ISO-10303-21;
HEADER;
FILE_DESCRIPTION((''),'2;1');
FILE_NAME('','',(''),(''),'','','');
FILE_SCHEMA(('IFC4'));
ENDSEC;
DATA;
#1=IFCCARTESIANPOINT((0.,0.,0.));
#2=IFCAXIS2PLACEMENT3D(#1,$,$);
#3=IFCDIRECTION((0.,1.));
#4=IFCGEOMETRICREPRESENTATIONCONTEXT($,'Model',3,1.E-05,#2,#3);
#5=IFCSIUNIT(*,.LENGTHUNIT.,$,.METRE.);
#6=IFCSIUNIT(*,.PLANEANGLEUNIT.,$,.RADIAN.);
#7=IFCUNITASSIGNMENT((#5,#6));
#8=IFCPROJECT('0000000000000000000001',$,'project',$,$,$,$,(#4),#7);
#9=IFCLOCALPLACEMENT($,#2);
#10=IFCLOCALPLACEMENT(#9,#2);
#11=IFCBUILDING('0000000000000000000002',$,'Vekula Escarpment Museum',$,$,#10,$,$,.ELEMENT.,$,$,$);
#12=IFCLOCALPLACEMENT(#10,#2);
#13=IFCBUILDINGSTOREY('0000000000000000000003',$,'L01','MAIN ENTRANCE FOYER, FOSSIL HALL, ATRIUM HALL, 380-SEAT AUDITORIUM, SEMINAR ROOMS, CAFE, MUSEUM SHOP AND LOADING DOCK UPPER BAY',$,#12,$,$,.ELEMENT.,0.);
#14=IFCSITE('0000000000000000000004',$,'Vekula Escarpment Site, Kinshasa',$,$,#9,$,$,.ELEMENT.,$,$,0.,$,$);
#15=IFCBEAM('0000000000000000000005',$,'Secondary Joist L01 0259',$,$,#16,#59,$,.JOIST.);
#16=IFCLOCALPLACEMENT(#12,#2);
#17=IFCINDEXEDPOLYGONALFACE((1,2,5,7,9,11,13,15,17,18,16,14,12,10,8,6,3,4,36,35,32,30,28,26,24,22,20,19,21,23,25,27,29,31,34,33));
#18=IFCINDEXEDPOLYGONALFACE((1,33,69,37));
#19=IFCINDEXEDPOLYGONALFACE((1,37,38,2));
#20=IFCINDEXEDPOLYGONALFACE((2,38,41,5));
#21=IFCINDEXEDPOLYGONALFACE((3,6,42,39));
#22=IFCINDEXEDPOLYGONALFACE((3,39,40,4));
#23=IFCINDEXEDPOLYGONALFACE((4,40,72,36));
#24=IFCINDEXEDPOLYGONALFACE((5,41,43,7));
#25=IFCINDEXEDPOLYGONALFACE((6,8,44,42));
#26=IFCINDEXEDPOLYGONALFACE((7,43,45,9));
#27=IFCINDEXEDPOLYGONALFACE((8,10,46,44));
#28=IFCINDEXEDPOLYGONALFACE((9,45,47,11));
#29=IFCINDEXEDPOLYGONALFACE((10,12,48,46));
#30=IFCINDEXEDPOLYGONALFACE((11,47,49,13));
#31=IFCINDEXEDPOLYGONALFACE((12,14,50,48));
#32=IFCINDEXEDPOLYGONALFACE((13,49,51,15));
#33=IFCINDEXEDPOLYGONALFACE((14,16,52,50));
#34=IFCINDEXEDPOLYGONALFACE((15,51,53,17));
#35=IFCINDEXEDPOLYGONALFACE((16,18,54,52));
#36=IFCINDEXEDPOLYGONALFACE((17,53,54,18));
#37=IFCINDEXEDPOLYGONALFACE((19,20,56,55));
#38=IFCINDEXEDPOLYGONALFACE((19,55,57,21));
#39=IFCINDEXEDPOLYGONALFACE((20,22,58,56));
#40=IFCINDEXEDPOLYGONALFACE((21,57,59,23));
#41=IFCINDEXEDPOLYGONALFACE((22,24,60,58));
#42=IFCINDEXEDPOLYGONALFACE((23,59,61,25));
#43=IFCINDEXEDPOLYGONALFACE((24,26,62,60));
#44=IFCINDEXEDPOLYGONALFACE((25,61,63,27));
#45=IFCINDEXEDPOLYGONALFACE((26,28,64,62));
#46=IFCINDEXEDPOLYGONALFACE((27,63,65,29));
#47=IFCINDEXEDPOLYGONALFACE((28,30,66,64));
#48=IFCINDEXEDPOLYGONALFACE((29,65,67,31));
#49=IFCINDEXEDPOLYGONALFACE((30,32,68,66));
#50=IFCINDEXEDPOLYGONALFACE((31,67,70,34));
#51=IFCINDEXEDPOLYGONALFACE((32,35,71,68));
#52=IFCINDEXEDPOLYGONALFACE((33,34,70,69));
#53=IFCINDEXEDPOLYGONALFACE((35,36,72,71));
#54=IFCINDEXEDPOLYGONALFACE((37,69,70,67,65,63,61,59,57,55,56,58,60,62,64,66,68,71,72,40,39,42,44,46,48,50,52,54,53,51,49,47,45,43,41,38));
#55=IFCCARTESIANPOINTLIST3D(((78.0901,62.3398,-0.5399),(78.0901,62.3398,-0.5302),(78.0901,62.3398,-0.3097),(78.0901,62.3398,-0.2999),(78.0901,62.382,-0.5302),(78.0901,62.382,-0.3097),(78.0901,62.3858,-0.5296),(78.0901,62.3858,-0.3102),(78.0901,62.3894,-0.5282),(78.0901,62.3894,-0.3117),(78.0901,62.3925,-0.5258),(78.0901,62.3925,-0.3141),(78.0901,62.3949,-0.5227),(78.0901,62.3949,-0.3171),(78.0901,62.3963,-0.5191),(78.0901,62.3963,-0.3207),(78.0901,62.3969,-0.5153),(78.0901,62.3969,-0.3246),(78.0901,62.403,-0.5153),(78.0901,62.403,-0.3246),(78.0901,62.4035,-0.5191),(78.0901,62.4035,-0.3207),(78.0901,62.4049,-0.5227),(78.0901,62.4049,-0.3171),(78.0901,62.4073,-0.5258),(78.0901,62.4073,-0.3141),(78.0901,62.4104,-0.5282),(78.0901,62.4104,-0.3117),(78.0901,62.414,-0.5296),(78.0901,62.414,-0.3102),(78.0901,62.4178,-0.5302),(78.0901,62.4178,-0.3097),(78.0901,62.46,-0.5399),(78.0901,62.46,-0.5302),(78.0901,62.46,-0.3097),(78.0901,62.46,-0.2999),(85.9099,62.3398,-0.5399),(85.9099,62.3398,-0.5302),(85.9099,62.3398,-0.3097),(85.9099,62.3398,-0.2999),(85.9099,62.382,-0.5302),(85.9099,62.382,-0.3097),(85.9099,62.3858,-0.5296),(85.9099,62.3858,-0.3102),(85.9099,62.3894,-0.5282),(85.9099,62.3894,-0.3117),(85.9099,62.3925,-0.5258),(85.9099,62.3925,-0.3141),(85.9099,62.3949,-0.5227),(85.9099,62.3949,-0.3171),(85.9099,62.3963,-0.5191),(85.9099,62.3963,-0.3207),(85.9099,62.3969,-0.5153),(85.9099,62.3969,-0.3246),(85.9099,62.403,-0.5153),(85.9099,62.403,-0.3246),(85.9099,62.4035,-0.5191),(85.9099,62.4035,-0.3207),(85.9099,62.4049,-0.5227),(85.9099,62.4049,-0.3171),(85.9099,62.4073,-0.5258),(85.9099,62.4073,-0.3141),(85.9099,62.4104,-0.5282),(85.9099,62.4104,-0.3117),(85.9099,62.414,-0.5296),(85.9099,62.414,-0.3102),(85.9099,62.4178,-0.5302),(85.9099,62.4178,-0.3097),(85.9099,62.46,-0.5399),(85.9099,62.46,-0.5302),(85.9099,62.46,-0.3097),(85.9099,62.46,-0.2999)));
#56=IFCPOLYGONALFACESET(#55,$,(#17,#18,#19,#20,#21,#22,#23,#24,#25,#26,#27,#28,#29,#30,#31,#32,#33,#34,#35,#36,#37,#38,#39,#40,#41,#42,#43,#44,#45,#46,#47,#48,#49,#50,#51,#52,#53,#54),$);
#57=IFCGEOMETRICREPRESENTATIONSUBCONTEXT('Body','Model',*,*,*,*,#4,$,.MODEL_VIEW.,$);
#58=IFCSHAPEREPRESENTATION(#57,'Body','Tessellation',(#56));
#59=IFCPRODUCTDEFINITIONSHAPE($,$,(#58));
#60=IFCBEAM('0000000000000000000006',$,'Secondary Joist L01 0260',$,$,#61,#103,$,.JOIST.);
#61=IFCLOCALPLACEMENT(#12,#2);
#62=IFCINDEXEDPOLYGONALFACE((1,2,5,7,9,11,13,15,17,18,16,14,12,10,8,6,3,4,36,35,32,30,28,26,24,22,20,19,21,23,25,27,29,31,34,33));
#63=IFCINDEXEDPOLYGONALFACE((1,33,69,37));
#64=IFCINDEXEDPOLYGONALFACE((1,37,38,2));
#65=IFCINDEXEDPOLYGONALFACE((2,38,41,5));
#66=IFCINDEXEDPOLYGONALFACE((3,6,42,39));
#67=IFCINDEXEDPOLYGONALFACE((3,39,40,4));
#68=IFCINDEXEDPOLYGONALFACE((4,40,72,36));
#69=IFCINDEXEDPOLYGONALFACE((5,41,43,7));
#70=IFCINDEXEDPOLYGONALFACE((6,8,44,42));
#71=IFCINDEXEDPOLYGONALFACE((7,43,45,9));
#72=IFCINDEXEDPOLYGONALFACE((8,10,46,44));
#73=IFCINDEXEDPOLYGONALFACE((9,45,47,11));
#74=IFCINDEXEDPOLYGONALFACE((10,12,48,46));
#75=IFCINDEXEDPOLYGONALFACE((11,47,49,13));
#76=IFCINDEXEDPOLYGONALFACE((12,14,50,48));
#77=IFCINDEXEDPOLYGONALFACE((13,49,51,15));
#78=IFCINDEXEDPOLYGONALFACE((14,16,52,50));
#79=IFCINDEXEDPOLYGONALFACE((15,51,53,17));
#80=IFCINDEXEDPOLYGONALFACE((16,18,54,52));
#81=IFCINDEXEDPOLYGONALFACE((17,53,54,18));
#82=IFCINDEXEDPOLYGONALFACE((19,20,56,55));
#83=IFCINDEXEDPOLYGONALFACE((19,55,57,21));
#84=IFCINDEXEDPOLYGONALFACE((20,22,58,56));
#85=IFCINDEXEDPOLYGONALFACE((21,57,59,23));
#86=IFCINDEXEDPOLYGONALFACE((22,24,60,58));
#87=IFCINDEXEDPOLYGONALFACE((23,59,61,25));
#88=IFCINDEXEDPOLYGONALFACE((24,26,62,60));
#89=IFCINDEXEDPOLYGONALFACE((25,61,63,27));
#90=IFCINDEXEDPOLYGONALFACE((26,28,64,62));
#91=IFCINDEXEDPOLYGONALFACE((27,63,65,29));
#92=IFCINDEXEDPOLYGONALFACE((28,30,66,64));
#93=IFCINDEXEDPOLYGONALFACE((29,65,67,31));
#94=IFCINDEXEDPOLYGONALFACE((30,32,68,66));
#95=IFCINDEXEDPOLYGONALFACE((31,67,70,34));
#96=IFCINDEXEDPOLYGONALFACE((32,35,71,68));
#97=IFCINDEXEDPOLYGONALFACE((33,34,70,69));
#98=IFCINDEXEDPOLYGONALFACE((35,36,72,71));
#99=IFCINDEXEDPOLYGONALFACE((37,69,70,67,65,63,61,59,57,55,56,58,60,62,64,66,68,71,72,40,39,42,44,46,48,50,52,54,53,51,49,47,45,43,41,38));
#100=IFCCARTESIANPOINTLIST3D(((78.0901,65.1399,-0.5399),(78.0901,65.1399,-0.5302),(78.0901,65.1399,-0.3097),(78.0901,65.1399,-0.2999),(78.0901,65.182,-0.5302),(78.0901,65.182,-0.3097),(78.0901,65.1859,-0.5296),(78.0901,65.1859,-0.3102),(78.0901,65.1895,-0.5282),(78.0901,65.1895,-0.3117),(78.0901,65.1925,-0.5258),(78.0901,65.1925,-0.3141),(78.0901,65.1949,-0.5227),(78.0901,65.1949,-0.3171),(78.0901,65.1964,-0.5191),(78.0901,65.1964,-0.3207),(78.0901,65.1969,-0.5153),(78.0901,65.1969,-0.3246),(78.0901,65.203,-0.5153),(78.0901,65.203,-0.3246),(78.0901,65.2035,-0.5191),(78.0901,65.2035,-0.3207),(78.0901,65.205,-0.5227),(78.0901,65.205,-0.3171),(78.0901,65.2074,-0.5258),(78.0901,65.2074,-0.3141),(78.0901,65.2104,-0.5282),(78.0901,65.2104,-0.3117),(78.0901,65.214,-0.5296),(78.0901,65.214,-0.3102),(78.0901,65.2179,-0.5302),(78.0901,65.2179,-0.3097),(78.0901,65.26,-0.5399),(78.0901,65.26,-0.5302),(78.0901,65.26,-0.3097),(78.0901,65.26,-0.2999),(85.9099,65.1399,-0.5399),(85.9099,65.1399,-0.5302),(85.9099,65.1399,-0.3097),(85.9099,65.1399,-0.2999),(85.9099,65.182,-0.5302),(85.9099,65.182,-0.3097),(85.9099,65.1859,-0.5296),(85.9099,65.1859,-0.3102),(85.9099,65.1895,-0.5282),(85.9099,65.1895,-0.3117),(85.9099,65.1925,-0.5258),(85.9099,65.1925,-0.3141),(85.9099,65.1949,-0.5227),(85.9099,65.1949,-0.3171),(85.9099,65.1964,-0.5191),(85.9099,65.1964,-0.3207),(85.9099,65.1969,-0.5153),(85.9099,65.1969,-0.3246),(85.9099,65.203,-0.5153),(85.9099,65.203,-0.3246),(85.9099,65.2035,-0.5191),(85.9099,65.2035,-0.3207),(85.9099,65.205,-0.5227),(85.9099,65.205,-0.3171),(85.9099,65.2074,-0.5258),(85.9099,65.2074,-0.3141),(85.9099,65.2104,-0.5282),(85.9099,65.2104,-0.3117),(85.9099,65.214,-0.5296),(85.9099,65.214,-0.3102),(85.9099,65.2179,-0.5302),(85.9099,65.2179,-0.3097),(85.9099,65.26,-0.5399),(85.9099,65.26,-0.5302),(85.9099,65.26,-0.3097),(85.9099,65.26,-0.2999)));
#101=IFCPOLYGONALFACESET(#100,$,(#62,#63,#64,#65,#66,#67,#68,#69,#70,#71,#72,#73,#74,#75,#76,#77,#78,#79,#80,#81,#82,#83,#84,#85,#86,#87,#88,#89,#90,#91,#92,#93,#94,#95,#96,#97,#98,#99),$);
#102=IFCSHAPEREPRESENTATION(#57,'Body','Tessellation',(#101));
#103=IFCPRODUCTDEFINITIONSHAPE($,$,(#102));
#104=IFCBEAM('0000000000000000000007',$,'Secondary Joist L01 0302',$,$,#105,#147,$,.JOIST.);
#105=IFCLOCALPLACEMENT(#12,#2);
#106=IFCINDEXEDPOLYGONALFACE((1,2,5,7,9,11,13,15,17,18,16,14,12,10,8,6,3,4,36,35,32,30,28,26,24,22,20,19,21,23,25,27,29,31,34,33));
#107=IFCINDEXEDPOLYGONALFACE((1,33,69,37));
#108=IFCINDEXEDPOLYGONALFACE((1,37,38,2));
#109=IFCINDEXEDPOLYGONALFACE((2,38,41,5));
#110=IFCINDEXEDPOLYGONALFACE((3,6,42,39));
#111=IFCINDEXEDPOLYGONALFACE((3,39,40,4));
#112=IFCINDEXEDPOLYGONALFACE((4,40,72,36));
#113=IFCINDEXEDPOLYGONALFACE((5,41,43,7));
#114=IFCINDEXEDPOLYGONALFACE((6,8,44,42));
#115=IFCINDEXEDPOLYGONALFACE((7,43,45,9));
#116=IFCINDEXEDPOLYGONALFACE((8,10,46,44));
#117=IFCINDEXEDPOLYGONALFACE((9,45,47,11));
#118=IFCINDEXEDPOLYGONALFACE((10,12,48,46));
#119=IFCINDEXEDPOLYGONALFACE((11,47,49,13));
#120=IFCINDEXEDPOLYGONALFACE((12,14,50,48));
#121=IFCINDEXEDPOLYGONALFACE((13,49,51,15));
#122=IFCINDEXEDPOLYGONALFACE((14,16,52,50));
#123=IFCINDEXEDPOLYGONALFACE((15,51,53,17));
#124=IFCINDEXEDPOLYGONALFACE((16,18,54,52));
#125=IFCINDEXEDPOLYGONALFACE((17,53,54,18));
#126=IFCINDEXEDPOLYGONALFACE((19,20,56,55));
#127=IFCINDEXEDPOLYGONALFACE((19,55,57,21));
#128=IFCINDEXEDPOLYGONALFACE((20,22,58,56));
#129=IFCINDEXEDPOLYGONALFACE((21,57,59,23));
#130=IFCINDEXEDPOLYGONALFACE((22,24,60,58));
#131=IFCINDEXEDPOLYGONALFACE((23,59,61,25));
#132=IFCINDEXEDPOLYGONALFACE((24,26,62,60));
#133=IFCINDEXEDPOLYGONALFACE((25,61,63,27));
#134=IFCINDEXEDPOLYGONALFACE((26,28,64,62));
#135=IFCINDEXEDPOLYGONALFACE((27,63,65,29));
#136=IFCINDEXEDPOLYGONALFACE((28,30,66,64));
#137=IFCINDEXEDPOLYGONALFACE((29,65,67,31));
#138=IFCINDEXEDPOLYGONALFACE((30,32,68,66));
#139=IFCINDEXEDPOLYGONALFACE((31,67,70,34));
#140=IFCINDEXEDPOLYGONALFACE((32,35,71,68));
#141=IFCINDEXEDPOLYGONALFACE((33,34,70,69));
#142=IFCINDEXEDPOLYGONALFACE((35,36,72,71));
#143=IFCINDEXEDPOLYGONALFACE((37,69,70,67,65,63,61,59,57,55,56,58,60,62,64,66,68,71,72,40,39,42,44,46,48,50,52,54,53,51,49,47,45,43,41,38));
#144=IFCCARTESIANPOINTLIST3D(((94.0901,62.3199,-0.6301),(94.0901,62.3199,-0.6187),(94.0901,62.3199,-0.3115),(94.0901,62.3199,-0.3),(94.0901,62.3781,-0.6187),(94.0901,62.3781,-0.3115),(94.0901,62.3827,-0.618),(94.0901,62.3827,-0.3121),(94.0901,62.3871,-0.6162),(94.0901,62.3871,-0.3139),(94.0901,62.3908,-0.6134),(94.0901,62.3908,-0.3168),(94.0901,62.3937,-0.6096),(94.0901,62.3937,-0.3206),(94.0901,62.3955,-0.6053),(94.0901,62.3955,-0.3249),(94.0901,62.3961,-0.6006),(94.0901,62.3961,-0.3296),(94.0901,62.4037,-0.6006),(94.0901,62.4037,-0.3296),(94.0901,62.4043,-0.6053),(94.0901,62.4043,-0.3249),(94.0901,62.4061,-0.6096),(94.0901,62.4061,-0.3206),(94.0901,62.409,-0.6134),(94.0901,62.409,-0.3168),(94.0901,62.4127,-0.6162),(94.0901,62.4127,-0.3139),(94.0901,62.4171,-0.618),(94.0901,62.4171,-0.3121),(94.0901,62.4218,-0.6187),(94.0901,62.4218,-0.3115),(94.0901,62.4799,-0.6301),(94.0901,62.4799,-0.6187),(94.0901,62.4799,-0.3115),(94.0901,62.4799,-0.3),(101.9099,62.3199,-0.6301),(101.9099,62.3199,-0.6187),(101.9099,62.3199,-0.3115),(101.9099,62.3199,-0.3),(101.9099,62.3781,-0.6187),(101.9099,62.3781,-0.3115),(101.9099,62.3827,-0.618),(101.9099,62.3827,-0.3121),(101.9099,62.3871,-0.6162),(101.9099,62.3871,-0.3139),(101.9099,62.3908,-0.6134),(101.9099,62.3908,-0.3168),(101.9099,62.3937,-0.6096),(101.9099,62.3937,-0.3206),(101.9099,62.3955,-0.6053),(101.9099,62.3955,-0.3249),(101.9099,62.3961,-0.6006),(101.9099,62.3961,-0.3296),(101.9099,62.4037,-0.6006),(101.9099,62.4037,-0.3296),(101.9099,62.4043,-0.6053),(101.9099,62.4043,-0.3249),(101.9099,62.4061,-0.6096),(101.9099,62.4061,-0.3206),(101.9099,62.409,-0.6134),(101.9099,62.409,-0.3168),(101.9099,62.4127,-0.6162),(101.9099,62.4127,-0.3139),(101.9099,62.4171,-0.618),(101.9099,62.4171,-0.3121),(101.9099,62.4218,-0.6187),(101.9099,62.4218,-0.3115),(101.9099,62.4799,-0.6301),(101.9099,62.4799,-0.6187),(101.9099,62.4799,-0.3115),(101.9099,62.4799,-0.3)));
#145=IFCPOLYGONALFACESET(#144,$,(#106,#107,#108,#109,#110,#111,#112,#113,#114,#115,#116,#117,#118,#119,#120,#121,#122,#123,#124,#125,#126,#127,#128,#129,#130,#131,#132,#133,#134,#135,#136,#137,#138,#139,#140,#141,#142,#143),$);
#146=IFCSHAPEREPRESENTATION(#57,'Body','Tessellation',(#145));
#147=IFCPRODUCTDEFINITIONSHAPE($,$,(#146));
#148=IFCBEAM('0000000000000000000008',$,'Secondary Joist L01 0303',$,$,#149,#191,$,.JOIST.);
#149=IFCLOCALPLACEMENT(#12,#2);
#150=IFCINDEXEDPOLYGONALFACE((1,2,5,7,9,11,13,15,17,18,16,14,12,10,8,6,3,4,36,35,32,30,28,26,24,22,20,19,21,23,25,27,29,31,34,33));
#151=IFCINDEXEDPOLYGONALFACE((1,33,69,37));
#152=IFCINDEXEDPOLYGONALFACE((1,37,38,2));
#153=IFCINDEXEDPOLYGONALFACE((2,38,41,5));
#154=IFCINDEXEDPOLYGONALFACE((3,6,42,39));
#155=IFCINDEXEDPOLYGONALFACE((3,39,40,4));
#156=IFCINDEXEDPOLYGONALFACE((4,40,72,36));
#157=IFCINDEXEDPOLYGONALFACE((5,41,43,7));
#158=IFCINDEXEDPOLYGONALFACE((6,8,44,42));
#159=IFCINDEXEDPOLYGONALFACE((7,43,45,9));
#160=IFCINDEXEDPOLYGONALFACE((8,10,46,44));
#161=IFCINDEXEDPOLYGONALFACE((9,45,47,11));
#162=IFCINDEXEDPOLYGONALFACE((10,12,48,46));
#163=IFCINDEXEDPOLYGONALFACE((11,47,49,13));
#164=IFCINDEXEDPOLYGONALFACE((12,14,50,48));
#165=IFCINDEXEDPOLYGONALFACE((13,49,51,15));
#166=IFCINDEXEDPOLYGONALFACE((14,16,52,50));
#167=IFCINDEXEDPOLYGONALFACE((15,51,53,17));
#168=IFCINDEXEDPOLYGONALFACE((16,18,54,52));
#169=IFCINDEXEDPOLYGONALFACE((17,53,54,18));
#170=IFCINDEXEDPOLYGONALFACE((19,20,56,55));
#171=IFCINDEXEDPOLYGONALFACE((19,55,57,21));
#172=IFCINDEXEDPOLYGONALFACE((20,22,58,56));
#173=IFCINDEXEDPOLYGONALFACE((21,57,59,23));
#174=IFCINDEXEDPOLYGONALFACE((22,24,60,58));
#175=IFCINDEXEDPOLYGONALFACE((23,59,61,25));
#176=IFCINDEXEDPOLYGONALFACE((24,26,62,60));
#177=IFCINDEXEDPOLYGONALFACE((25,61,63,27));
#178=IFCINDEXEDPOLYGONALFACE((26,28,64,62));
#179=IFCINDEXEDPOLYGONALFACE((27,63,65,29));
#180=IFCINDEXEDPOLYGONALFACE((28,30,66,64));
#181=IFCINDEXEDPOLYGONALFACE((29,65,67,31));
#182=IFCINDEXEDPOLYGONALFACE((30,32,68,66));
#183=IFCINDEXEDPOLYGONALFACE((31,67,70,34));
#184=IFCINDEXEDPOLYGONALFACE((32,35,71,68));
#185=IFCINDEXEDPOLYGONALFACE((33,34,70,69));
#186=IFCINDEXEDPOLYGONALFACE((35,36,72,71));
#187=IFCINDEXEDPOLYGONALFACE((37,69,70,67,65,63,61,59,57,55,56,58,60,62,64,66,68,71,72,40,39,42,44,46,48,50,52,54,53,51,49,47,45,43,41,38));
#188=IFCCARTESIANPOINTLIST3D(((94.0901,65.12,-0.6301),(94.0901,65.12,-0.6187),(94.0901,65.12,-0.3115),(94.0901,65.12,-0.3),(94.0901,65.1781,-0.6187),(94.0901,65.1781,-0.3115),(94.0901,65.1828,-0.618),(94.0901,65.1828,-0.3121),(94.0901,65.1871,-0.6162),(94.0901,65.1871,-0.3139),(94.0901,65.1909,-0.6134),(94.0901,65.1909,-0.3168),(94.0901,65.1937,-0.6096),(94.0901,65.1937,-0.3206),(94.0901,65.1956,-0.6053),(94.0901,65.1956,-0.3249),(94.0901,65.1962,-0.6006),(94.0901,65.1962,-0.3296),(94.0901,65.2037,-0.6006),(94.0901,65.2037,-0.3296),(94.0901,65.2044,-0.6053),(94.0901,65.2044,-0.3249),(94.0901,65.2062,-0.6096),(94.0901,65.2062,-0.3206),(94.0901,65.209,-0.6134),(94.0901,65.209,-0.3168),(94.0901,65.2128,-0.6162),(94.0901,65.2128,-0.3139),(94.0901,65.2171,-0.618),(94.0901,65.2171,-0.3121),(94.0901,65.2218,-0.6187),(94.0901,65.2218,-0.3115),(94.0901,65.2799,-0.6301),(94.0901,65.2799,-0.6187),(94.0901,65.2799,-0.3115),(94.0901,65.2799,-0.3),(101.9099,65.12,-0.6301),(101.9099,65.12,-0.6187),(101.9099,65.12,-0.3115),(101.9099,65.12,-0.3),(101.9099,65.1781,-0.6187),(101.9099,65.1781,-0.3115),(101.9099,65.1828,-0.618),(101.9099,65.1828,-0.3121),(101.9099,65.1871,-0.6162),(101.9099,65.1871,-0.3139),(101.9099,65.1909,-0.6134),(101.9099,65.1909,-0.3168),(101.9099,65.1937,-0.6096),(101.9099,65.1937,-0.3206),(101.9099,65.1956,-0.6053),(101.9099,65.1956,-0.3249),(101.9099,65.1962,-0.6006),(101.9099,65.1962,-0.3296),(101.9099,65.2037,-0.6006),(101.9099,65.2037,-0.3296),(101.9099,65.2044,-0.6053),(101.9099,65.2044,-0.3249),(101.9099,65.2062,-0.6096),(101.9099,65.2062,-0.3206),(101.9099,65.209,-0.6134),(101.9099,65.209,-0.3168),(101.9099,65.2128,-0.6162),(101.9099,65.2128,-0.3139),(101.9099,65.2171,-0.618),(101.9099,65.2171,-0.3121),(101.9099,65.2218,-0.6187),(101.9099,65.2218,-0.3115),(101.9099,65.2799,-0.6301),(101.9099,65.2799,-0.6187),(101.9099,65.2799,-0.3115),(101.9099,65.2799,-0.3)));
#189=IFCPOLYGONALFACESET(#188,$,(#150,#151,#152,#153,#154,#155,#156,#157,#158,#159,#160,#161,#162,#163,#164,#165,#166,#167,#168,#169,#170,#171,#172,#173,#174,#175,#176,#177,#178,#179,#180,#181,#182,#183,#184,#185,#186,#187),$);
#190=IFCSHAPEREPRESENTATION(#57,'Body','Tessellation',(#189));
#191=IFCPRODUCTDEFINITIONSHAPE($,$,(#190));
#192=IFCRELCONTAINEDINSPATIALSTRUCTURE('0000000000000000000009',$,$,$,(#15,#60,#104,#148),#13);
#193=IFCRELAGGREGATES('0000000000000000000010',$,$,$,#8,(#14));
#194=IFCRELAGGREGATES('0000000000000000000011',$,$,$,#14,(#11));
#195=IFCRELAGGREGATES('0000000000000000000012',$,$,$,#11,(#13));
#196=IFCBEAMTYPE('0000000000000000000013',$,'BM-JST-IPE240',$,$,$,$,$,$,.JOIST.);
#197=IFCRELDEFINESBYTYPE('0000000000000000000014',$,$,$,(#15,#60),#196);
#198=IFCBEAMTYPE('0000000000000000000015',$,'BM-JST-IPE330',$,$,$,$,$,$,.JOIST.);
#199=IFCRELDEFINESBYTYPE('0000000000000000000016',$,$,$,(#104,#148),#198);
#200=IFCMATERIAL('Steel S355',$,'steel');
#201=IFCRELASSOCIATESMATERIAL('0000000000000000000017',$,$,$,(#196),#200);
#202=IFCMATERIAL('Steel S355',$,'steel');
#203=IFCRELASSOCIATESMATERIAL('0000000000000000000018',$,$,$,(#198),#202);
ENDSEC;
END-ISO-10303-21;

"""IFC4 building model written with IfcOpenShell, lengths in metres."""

from ifc_helpers import new_model, si_unit, direction, frame, origin, origin_2d, place, context, subcontext, project, spatial, i_section, extrude, material, material_profile, profile_set, type_object, element, save


model = new_model("IFC4")

# Units and contexts
model_context = context("Model", 3, precision=1e-05, world=origin(), true_north=direction((0.0, 1.0)))
body_context = subcontext(model_context, "Body", "Model", "MODEL_VIEW")
ifc_project = project(units=[si_unit("LENGTHUNIT", "METRE"), si_unit("PLANEANGLEUNIT", "RADIAN")], contexts=[model_context])

# Site, building, storey
site_placement = place(None, origin())
site = spatial("IfcSite", under=ifc_project, at=site_placement, Name="Vekula Escarpment Site, Kinshasa", CompositionType="ELEMENT", RefElevation=0.0)
building_placement = place(site_placement, origin())
building = spatial("IfcBuilding", under=site, at=building_placement, Name="Vekula Escarpment Museum", CompositionType="ELEMENT")
storey_placement = place(building_placement, origin())
storey = spatial("IfcBuildingStorey", under=building, at=storey_placement, Name="L01", Description="MAIN ENTRANCE FOYER, FOSSIL HALL, ATRIUM HALL, 380-SEAT AUDITORIUM, SEMINAR ROOMS, CAFE, MUSEUM SHOP AND LOADING DOCK UPPER BAY", CompositionType="ELEMENT", Elevation=0.0)

# Beams
ifc_material_1 = material(Name="Steel S355", Category="steel")
ifc_material_profile_1 = material_profile(ifc_material_1, i_section(OverallWidth=0.1201, OverallDepth=0.24, WebThickness=0.0061, FlangeThickness=0.0098, FilletRadius=0.0149, at=origin_2d()), Name="IPE 240")
ifc_profile_set_1 = profile_set([ifc_material_profile_1], Name="Steel S355")
beam_type_1 = type_object("IfcBeamType", Name="BM-JST-IPE240", PredefinedType="JOIST", material=ifc_profile_set_1)
for number, where, z_axis, x_axis, name in (
    (1, (78.0901, 62.3999, -0.4199), (1.0, 0.0, 0.0), (0.0, 1.0, 0.0), "Secondary Joist L01 0259"),
    (2, (78.0901, 65.2, -0.4199), (1.0, 0.0, 0.0), (0.0, 1.0, 0.0), "Secondary Joist L01 0260"),
):
    element("IfcBeam", number, at=place(storey_placement, frame(where, z_axis=z_axis, x_axis=x_axis)), inside=storey, type_object=beam_type_1, Name=name, PredefinedType="JOIST", context=body_context, shape_type="SweptSolid", body=[
        extrude(i_section(OverallWidth=0.1201, OverallDepth=0.24, WebThickness=0.0061, FlangeThickness=0.0098, FilletRadius=0.0149, at=origin_2d()), origin(), (0.0, 0.0, 1.0), 7.8198),
    ])
ifc_material_2 = material(Name="Steel S355", Category="steel")
ifc_material_profile_2 = material_profile(ifc_material_2, i_section(OverallWidth=0.1599, OverallDepth=0.3301, WebThickness=0.0076, FlangeThickness=0.0115, FilletRadius=0.0181, at=origin_2d()), Name="IPE 330")
ifc_profile_set_2 = profile_set([ifc_material_profile_2], Name="Steel S355")
beam_type_2 = type_object("IfcBeamType", Name="BM-JST-IPE330", PredefinedType="JOIST", material=ifc_profile_set_2)
for number, where, z_axis, x_axis, name in (
    (3, (94.0901, 62.3999, -0.4651), (1.0, 0.0, 0.0), (0.0, 1.0, 0.0), "Secondary Joist L01 0302"),
    (4, (94.0901, 65.2, -0.4651), (1.0, 0.0, 0.0), (0.0, 1.0, 0.0), "Secondary Joist L01 0303"),
):
    element("IfcBeam", number, at=place(storey_placement, frame(where, z_axis=z_axis, x_axis=x_axis)), inside=storey, type_object=beam_type_2, Name=name, PredefinedType="JOIST", context=body_context, shape_type="SweptSolid", body=[
        extrude(i_section(OverallWidth=0.1599, OverallDepth=0.3301, WebThickness=0.0076, FlangeThickness=0.0115, FilletRadius=0.0181, at=origin_2d()), origin(), (0.0, 0.0, 1.0), 7.8198),
    ])

save(model, "model.ifc")
